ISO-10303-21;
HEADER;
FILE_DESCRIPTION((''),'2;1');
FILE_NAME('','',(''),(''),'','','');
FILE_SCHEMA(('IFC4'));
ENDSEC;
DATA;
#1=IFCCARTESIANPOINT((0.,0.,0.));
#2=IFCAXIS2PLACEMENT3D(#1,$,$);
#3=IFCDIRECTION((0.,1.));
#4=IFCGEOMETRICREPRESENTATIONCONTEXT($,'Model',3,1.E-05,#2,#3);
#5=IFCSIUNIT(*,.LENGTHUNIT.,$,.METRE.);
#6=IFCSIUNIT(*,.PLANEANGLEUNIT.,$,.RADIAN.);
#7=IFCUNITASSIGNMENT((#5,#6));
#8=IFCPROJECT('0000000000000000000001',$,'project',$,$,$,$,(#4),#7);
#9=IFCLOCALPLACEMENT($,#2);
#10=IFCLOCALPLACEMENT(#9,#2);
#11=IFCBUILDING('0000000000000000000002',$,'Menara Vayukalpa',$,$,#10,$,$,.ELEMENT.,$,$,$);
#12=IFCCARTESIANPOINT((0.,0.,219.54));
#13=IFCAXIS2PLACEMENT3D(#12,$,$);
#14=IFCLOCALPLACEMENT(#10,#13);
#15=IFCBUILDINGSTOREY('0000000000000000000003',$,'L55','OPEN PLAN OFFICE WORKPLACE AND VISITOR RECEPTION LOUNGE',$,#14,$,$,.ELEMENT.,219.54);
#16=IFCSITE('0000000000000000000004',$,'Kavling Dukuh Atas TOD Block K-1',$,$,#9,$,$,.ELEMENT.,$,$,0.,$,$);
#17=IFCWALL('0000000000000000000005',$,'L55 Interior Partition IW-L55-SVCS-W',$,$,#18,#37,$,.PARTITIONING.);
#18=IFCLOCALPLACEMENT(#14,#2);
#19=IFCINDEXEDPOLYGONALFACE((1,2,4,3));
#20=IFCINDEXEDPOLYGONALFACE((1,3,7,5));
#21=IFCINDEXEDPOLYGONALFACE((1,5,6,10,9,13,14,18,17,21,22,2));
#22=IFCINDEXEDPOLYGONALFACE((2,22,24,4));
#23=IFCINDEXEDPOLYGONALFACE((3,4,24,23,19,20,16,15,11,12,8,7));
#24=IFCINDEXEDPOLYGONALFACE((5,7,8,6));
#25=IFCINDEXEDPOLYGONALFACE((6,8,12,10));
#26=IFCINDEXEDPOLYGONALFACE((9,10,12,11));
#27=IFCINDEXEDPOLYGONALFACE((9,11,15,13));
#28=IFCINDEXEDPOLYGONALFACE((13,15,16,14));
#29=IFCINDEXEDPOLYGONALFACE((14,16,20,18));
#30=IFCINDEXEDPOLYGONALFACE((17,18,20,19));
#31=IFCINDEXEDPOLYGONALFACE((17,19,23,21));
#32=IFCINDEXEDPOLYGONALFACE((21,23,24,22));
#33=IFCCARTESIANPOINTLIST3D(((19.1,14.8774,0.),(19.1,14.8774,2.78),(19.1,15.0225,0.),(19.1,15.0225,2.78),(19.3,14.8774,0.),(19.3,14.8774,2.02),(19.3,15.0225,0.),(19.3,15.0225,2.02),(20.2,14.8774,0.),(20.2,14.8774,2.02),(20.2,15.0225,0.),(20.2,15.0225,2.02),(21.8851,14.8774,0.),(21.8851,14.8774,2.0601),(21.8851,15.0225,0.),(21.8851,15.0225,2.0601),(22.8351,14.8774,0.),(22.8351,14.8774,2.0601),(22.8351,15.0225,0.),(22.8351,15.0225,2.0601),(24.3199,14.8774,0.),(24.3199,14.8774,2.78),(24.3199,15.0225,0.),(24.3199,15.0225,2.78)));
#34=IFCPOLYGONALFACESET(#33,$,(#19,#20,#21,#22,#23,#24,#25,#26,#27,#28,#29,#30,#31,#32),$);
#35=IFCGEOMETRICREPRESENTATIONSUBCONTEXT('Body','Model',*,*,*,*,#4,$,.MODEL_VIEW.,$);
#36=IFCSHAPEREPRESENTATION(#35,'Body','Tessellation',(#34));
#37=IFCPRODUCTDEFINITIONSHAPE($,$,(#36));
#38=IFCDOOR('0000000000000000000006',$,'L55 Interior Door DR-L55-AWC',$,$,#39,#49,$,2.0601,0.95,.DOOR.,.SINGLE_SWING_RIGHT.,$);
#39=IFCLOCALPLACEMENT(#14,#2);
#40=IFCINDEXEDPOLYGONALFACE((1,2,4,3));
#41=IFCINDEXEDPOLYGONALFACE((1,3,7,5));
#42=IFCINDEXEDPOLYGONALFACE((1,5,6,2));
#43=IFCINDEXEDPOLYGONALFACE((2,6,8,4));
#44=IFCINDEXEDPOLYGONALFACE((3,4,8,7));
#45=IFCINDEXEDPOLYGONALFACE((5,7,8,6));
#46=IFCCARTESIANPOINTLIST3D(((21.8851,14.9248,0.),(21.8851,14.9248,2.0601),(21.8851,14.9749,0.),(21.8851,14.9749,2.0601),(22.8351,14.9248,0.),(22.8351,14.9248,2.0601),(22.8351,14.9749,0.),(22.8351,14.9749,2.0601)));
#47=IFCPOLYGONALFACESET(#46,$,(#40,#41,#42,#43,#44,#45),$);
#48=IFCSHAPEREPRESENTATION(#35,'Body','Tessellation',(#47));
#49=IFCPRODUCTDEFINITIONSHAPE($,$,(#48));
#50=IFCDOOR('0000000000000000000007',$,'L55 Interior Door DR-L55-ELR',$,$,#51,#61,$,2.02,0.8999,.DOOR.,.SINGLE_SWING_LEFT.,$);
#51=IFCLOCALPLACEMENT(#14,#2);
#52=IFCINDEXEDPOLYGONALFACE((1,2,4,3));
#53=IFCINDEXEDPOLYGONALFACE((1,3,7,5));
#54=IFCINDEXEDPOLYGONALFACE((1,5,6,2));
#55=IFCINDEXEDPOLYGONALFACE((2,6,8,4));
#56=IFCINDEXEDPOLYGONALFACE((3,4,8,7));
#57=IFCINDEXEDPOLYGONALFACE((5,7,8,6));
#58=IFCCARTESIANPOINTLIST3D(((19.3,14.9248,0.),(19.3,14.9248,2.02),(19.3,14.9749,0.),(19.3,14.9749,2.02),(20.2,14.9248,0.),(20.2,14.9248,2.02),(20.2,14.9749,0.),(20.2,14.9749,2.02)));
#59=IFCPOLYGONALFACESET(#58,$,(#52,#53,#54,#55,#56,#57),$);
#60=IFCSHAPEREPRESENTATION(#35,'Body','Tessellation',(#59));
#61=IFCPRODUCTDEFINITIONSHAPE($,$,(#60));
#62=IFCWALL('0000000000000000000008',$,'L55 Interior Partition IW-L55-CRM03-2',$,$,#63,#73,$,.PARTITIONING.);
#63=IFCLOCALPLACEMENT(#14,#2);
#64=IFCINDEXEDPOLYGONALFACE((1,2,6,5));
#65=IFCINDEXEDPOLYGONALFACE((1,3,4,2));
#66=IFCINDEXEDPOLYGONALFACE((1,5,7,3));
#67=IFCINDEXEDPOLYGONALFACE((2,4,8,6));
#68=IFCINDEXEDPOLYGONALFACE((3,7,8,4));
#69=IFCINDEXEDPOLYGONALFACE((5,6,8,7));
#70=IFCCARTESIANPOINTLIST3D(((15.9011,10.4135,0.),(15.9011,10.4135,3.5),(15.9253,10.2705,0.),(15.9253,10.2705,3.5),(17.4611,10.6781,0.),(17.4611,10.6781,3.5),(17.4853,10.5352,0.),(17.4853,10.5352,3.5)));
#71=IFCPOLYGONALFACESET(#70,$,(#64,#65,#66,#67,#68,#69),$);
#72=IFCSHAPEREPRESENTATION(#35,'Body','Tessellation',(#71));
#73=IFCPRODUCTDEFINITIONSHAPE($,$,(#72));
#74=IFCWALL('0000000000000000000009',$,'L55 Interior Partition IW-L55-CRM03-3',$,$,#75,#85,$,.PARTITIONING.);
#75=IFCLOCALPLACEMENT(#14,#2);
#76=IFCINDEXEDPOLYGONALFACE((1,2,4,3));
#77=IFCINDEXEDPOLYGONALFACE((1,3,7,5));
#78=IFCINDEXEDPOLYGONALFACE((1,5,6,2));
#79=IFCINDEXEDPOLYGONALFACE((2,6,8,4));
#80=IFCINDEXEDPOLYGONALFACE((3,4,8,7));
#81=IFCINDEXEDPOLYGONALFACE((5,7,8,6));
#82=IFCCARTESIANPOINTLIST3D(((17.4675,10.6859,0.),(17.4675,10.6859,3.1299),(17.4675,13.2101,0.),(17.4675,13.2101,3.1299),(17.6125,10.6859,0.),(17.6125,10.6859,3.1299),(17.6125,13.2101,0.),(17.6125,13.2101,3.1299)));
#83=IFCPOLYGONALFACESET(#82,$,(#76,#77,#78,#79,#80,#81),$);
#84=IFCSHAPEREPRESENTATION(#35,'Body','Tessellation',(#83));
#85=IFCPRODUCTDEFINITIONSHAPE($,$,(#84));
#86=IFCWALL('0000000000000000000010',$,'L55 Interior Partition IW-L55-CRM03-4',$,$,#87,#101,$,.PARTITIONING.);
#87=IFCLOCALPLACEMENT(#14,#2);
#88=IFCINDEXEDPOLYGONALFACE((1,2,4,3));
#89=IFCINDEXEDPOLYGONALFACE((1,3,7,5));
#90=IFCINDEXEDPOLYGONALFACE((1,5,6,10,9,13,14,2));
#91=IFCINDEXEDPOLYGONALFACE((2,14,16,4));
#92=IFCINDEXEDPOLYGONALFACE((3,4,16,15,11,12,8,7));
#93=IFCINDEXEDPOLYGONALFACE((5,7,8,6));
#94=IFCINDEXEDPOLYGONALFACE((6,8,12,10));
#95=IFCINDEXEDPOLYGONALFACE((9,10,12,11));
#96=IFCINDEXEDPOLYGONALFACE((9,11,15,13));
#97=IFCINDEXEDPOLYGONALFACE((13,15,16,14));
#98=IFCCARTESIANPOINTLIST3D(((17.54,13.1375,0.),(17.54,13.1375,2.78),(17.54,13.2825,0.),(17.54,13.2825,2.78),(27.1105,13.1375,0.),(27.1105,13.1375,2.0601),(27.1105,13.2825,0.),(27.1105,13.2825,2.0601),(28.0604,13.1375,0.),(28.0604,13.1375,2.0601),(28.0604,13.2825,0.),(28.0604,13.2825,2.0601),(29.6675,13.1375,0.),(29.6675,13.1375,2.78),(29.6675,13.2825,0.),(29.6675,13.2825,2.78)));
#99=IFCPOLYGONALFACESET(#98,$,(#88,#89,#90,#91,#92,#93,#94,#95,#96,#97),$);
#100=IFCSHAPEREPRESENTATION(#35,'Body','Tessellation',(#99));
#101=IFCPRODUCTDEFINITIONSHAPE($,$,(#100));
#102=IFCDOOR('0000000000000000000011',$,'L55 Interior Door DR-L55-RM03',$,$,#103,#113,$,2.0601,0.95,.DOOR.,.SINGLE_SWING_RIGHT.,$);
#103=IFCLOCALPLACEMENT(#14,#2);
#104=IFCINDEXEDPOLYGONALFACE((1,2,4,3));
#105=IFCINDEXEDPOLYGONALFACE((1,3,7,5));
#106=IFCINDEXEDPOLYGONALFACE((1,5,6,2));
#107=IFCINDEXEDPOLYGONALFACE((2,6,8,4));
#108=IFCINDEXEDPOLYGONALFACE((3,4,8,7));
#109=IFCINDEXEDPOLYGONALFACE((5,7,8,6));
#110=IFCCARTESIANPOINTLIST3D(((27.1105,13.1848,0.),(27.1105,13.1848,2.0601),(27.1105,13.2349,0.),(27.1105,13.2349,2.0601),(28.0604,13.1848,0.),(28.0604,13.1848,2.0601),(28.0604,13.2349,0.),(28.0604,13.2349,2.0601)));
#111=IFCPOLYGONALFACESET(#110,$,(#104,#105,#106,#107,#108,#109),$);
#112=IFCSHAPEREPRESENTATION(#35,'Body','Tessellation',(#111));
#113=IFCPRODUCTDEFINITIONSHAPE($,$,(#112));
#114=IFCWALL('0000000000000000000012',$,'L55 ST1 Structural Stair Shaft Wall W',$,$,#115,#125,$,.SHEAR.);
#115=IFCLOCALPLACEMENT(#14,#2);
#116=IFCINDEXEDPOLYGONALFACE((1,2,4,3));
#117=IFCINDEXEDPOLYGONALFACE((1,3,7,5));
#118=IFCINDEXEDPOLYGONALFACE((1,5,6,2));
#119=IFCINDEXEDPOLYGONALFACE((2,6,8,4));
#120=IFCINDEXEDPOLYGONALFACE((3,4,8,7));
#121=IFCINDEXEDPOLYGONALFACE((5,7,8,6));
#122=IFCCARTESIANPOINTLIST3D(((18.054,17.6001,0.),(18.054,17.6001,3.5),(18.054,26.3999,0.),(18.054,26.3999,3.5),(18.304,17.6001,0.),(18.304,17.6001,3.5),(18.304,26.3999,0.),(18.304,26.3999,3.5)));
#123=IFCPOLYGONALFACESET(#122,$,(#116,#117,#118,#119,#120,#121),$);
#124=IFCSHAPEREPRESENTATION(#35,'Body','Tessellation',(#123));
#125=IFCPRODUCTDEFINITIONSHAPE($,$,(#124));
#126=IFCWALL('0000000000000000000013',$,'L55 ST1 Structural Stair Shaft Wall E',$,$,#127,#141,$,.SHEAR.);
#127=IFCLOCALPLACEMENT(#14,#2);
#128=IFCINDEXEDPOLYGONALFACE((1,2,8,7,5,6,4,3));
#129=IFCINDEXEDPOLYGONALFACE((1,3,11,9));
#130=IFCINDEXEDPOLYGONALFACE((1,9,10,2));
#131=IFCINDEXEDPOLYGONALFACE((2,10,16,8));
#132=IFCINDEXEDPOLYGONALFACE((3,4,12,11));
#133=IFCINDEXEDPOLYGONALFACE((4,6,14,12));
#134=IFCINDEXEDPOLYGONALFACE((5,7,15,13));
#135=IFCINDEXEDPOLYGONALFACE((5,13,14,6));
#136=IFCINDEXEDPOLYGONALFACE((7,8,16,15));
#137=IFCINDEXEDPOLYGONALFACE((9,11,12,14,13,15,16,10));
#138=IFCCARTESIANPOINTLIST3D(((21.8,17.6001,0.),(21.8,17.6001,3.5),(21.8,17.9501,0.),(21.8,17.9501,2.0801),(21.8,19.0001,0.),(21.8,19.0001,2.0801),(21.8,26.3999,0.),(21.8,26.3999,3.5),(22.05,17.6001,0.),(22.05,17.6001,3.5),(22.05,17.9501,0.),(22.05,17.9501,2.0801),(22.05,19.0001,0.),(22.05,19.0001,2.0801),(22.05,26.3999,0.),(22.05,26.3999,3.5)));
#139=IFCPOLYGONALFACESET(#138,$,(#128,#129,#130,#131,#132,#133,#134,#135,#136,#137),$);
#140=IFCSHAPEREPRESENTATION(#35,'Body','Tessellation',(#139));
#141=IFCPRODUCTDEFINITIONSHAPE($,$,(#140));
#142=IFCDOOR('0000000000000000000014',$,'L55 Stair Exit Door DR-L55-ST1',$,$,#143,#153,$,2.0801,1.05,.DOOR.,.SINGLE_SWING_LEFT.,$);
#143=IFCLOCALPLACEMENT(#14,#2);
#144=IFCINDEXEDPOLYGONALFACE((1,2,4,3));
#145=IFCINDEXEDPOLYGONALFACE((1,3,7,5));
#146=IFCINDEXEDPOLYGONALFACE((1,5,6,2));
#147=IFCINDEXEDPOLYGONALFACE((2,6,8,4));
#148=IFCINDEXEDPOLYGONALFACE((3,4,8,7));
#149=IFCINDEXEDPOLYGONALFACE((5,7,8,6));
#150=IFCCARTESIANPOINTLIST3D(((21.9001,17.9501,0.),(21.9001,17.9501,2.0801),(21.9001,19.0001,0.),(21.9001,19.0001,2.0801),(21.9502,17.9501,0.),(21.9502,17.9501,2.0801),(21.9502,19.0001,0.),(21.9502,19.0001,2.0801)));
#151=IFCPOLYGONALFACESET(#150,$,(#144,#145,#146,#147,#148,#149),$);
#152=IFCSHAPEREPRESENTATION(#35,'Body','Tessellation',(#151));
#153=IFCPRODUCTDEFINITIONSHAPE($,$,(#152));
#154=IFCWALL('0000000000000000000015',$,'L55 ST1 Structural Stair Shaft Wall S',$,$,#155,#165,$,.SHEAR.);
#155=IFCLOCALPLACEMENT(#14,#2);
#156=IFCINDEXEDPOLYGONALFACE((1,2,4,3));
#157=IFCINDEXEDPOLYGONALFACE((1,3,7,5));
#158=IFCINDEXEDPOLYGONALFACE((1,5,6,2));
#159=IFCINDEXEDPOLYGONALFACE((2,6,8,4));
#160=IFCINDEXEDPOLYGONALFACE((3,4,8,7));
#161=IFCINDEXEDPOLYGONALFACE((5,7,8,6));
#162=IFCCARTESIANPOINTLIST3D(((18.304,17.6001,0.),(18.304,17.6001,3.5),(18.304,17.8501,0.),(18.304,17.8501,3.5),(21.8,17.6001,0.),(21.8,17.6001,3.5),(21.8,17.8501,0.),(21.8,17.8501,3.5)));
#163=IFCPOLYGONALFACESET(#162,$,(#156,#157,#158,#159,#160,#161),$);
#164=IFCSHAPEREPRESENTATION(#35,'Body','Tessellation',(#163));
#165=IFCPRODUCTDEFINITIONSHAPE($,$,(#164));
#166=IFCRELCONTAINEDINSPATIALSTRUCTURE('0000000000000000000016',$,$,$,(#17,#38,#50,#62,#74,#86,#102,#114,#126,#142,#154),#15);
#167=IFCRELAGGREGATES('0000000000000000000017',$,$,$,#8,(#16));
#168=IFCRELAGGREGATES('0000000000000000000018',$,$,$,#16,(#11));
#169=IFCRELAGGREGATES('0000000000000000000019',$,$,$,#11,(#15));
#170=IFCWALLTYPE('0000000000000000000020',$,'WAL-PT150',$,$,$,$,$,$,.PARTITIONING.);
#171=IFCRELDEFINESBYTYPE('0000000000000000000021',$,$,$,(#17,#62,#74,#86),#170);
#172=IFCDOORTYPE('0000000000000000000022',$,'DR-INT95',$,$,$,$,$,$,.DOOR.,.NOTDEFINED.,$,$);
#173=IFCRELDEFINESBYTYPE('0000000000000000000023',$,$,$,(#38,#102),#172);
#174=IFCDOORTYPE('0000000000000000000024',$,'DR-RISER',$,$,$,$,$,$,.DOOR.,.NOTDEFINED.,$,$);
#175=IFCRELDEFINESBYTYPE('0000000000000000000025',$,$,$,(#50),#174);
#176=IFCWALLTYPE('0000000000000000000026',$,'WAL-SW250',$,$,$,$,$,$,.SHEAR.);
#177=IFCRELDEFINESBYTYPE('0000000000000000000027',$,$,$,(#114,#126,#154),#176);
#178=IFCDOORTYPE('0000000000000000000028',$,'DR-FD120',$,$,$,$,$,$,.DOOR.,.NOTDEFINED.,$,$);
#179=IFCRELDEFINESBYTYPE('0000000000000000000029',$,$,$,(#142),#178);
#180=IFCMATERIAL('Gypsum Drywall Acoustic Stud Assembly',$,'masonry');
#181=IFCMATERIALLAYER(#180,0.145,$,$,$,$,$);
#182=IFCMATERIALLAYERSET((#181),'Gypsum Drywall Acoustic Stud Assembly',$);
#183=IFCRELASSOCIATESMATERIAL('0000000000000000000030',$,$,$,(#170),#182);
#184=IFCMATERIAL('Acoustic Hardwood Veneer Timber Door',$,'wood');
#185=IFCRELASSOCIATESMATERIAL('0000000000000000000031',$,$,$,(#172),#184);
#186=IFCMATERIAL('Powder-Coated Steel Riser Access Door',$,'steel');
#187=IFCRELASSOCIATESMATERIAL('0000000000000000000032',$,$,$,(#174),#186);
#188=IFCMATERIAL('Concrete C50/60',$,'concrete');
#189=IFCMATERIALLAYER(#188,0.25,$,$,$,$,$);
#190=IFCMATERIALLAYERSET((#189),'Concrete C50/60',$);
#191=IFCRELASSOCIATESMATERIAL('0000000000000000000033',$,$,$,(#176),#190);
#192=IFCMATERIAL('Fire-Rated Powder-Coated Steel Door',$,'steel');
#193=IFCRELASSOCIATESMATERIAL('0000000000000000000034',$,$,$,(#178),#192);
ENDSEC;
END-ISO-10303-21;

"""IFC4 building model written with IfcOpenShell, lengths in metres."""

from ifc_helpers import new_model, si_unit, direction, frame, frame_2d, origin, place, context, subcontext, project, spatial, rectangle, extrude, material, layer, layer_set, type_object, element, fill, save


model = new_model("IFC4")

# Units and contexts
model_context = context("Model", 3, precision=1e-05, world=origin(), true_north=direction((0.0, 1.0)))
body_context = subcontext(model_context, "Body", "Model", "MODEL_VIEW")
ifc_project = project(units=[si_unit("LENGTHUNIT", "METRE"), si_unit("PLANEANGLEUNIT", "RADIAN")], contexts=[model_context])

# Site, building, storey
site_placement = place(None, origin())
site = spatial("IfcSite", under=ifc_project, at=site_placement, Name="Kavling Dukuh Atas TOD Block K-1", CompositionType="ELEMENT", RefElevation=0.0)
building_placement = place(site_placement, origin())
building = spatial("IfcBuilding", under=site, at=building_placement, Name="Menara Vayukalpa", CompositionType="ELEMENT")
storey_placement = place(building_placement, frame((0.0, 0.0, 219.54)))
storey = spatial("IfcBuildingStorey", under=building, at=storey_placement, Name="L55", Description="OPEN PLAN OFFICE WORKPLACE AND VISITOR RECEPTION LOUNGE", CompositionType="ELEMENT", Elevation=219.54)

# Wall, openings, doors
ifc_material_1 = material(Name="Gypsum Drywall Acoustic Stud Assembly", Category="masonry")
ifc_layer_1 = layer(ifc_material_1, 0.145)
ifc_layer_set_1 = layer_set([ifc_layer_1], Name="Gypsum Drywall Acoustic Stud Assembly")
wall_type_1 = type_object("IfcWallType", Name="WAL-PT150", PredefinedType="PARTITIONING", material=ifc_layer_set_1)
wall_1_placement = place(storey_placement, frame((19.1001, 14.95, 0.0), z_axis=(0.0, 0.0, 1.0), x_axis=(1.0, 0.0, 0.0)))
wall_1 = element("IfcWall", 1, at=wall_1_placement, inside=storey, type_object=wall_type_1, Name="L55 Interior Partition IW-L55-SVCS-W", PredefinedType="PARTITIONING", context=body_context, shape_type="SweptSolid", body=[
    extrude(rectangle(XDim=5.22, YDim=0.145, at=frame_2d((2.6099, 0.0))), origin(), (0.0, 0.0, 1.0), 2.78),
])
opening_1_placement = place(wall_1_placement, frame((0.2, 0.0, 0.0)))
opening_1 = element("IfcOpeningElement", 2, at=opening_1_placement, cuts=wall_1, PredefinedType="OPENING", context=body_context, shape_type="SweptSolid", body=[
    extrude(rectangle(XDim=0.8999, YDim=2.02, at=frame_2d((0.45, 1.01))), frame((0.0, 0.0825, 0.0), z_axis=(0.0, -1.0, 0.0), x_axis=(1.0, 0.0, 0.0)), (0.0, 0.0, 1.0), 0.165),
])
opening_2_placement = place(wall_1_placement, frame((2.7849, 0.0, 0.0)))
opening_2 = element("IfcOpeningElement", 3, at=opening_2_placement, cuts=wall_1, PredefinedType="OPENING", context=body_context, shape_type="SweptSolid", body=[
    extrude(rectangle(XDim=0.95, YDim=2.0601, at=frame_2d((0.4751, 1.03))), frame((0.0, 0.0825, 0.0), z_axis=(0.0, -1.0, 0.0), x_axis=(1.0, 0.0, 0.0)), (0.0, 0.0, 1.0), 0.165),
])
ifc_material_2 = material(Name="Acoustic Hardwood Veneer Timber Door", Category="wood")
door_type_1 = type_object("IfcDoorType", Name="DR-INT95", OperationType="NOTDEFINED", PredefinedType="DOOR", material=ifc_material_2)
door_1_placement = place(opening_2_placement, origin())
door_1 = element("IfcDoor", 4, at=door_1_placement, inside=storey, type_object=door_type_1, Name="L55 Interior Door DR-L55-AWC", OperationType="SINGLE_SWING_RIGHT", OverallHeight=2.0601, OverallWidth=0.95, PredefinedType="DOOR", context=body_context, shape_type="SweptSolid", body=[
    extrude(rectangle(XDim=0.95, YDim=2.0601, at=frame_2d((0.4751, 1.03))), frame((0.0, 0.0249, 0.0), z_axis=(0.0, -1.0, 0.0), x_axis=(1.0, 0.0, 0.0)), (0.0, 0.0, 1.0), 0.05),
])
fill(opening_2, door_1)
ifc_material_3 = material(Name="Powder-Coated Steel Riser Access Door", Category="steel")
door_type_2 = type_object("IfcDoorType", Name="DR-RISER", OperationType="NOTDEFINED", PredefinedType="DOOR", material=ifc_material_3)
door_2_placement = place(opening_1_placement, origin())
door_2 = element("IfcDoor", 5, at=door_2_placement, inside=storey, type_object=door_type_2, Name="L55 Interior Door DR-L55-ELR", OperationType="SINGLE_SWING_LEFT", OverallHeight=2.02, OverallWidth=0.8999, PredefinedType="DOOR", context=body_context, shape_type="SweptSolid", body=[
    extrude(rectangle(XDim=0.8999, YDim=2.02, at=frame_2d((0.45, 1.01))), frame((0.0, 0.0249, 0.0), z_axis=(0.0, -1.0, 0.0), x_axis=(1.0, 0.0, 0.0)), (0.0, 0.0, 1.0), 0.05),
])
fill(opening_1, door_2)

# Walls
wall_2_placement = place(storey_placement, frame((15.9133, 10.342, 0.0), z_axis=(0.0, 0.0, 1.0), x_axis=(0.985914, 0.167251, 0.0)))
element("IfcWall", 6, at=wall_2_placement, inside=storey, type_object=wall_type_1, Name="L55 Interior Partition IW-L55-CRM03-2", PredefinedType="PARTITIONING", context=body_context, shape_type="SweptSolid", body=[
    extrude(rectangle(XDim=1.5823, YDim=0.145, at=frame_2d((0.791, 0.0))), origin(), (0.0, 0.0, 1.0), 3.5),
])
wall_3_placement = place(storey_placement, frame((17.54, 10.6858, 0.0), z_axis=(0.0, 0.0, 1.0), x_axis=(0.0, 1.0, 0.0)))
element("IfcWall", 7, at=wall_3_placement, inside=storey, type_object=wall_type_1, Name="L55 Interior Partition IW-L55-CRM03-3", PredefinedType="PARTITIONING", context=body_context, shape_type="SweptSolid", body=[
    extrude(rectangle(XDim=2.5242, YDim=0.145, at=frame_2d((1.2622, 0.0))), origin(), (0.0, 0.0, 1.0), 3.1299),
])

# Wall, opening, door
wall_4_placement = place(storey_placement, frame((17.54, 13.21, 0.0), z_axis=(0.0, 0.0, 1.0), x_axis=(1.0, 0.0, 0.0)))
wall_4 = element("IfcWall", 8, at=wall_4_placement, inside=storey, type_object=wall_type_1, Name="L55 Interior Partition IW-L55-CRM03-4", PredefinedType="PARTITIONING", context=body_context, shape_type="SweptSolid", body=[
    extrude(rectangle(XDim=12.1274, YDim=0.145, at=frame_2d((6.0637, 0.0))), origin(), (0.0, 0.0, 1.0), 2.78),
])
opening_3_placement = place(wall_4_placement, frame((9.5703, 0.0, 0.0)))
opening_3 = element("IfcOpeningElement", 9, at=opening_3_placement, cuts=wall_4, PredefinedType="OPENING", context=body_context, shape_type="SweptSolid", body=[
    extrude(rectangle(XDim=0.95, YDim=2.0601, at=frame_2d((0.4751, 1.03))), frame((0.0, 0.0825, 0.0), z_axis=(0.0, -1.0, 0.0), x_axis=(1.0, 0.0, 0.0)), (0.0, 0.0, 1.0), 0.165),
])
door_3_placement = place(opening_3_placement, origin())
door_3 = element("IfcDoor", 10, at=door_3_placement, inside=storey, type_object=door_type_1, Name="L55 Interior Door DR-L55-RM03", OperationType="SINGLE_SWING_RIGHT", OverallHeight=2.0601, OverallWidth=0.95, PredefinedType="DOOR", context=body_context, shape_type="SweptSolid", body=[
    extrude(rectangle(XDim=0.95, YDim=2.0601, at=frame_2d((0.4751, 1.03))), frame((0.0, 0.0249, 0.0), z_axis=(0.0, -1.0, 0.0), x_axis=(1.0, 0.0, 0.0)), (0.0, 0.0, 1.0), 0.05),
])
fill(opening_3, door_3)

# Wall
ifc_material_4 = material(Name="Concrete C50/60", Category="concrete")
ifc_layer_2 = layer(ifc_material_4, 0.25)
ifc_layer_set_2 = layer_set([ifc_layer_2], Name="Concrete C50/60")
wall_type_2 = type_object("IfcWallType", Name="WAL-SW250", PredefinedType="SHEAR", material=ifc_layer_set_2)
wall_5_placement = place(storey_placement, frame((18.179, 17.6001, 0.0), z_axis=(0.0, 0.0, 1.0), x_axis=(0.0, 1.0, 0.0)))
element("IfcWall", 11, at=wall_5_placement, inside=storey, type_object=wall_type_2, Name="L55 ST1 Structural Stair Shaft Wall W", PredefinedType="SHEAR", context=body_context, shape_type="SweptSolid", body=[
    extrude(rectangle(XDim=8.7998, YDim=0.25, at=frame_2d((4.3999, 0.0))), origin(), (0.0, 0.0, 1.0), 3.5),
])

# Wall, opening, door
wall_6_placement = place(storey_placement, frame((21.925, 17.6001, 0.0), z_axis=(0.0, 0.0, 1.0), x_axis=(0.0, 1.0, 0.0)))
wall_6 = element("IfcWall", 12, at=wall_6_placement, inside=storey, type_object=wall_type_2, Name="L55 ST1 Structural Stair Shaft Wall E", PredefinedType="SHEAR", context=body_context, shape_type="SweptSolid", body=[
    extrude(rectangle(XDim=8.7998, YDim=0.25, at=frame_2d((4.3999, 0.0))), origin(), (0.0, 0.0, 1.0), 3.5),
])
opening_4_placement = place(wall_6_placement, frame((0.3501, 0.0, 0.0)))
opening_4 = element("IfcOpeningElement", 13, at=opening_4_placement, cuts=wall_6, PredefinedType="OPENING", context=body_context, shape_type="SweptSolid", body=[
    extrude(rectangle(XDim=1.05, YDim=2.0801, at=frame_2d((0.5249, 1.04))), frame((0.0, 0.135, 0.0), z_axis=(0.0, -1.0, 0.0), x_axis=(1.0, 0.0, 0.0)), (0.0, 0.0, 1.0), 0.27),
])
ifc_material_5 = material(Name="Fire-Rated Powder-Coated Steel Door", Category="steel")
door_type_3 = type_object("IfcDoorType", Name="DR-FD120", OperationType="NOTDEFINED", PredefinedType="DOOR", material=ifc_material_5)
door_4_placement = place(opening_4_placement, origin())
door_4 = element("IfcDoor", 14, at=door_4_placement, inside=storey, type_object=door_type_3, Name="L55 Stair Exit Door DR-L55-ST1", OperationType="SINGLE_SWING_LEFT", OverallHeight=2.0801, OverallWidth=1.05, PredefinedType="DOOR", context=body_context, shape_type="SweptSolid", body=[
    extrude(rectangle(XDim=1.05, YDim=2.0801, at=frame_2d((0.5249, 1.04))), frame((0.0, 0.0249, 0.0), z_axis=(0.0, -1.0, 0.0), x_axis=(1.0, 0.0, 0.0)), (0.0, 0.0, 1.0), 0.05),
])
fill(opening_4, door_4)

# Wall
wall_7_placement = place(storey_placement, frame((18.304, 17.7251, 0.0), z_axis=(0.0, 0.0, 1.0), x_axis=(1.0, 0.0, 0.0)))
element("IfcWall", 15, at=wall_7_placement, inside=storey, type_object=wall_type_2, Name="L55 ST1 Structural Stair Shaft Wall S", PredefinedType="SHEAR", context=body_context, shape_type="SweptSolid", body=[
    extrude(rectangle(XDim=3.4961, YDim=0.25, at=frame_2d((1.748, 0.0))), origin(), (0.0, 0.0, 1.0), 3.5),
])

save(model, "model.ifc")
